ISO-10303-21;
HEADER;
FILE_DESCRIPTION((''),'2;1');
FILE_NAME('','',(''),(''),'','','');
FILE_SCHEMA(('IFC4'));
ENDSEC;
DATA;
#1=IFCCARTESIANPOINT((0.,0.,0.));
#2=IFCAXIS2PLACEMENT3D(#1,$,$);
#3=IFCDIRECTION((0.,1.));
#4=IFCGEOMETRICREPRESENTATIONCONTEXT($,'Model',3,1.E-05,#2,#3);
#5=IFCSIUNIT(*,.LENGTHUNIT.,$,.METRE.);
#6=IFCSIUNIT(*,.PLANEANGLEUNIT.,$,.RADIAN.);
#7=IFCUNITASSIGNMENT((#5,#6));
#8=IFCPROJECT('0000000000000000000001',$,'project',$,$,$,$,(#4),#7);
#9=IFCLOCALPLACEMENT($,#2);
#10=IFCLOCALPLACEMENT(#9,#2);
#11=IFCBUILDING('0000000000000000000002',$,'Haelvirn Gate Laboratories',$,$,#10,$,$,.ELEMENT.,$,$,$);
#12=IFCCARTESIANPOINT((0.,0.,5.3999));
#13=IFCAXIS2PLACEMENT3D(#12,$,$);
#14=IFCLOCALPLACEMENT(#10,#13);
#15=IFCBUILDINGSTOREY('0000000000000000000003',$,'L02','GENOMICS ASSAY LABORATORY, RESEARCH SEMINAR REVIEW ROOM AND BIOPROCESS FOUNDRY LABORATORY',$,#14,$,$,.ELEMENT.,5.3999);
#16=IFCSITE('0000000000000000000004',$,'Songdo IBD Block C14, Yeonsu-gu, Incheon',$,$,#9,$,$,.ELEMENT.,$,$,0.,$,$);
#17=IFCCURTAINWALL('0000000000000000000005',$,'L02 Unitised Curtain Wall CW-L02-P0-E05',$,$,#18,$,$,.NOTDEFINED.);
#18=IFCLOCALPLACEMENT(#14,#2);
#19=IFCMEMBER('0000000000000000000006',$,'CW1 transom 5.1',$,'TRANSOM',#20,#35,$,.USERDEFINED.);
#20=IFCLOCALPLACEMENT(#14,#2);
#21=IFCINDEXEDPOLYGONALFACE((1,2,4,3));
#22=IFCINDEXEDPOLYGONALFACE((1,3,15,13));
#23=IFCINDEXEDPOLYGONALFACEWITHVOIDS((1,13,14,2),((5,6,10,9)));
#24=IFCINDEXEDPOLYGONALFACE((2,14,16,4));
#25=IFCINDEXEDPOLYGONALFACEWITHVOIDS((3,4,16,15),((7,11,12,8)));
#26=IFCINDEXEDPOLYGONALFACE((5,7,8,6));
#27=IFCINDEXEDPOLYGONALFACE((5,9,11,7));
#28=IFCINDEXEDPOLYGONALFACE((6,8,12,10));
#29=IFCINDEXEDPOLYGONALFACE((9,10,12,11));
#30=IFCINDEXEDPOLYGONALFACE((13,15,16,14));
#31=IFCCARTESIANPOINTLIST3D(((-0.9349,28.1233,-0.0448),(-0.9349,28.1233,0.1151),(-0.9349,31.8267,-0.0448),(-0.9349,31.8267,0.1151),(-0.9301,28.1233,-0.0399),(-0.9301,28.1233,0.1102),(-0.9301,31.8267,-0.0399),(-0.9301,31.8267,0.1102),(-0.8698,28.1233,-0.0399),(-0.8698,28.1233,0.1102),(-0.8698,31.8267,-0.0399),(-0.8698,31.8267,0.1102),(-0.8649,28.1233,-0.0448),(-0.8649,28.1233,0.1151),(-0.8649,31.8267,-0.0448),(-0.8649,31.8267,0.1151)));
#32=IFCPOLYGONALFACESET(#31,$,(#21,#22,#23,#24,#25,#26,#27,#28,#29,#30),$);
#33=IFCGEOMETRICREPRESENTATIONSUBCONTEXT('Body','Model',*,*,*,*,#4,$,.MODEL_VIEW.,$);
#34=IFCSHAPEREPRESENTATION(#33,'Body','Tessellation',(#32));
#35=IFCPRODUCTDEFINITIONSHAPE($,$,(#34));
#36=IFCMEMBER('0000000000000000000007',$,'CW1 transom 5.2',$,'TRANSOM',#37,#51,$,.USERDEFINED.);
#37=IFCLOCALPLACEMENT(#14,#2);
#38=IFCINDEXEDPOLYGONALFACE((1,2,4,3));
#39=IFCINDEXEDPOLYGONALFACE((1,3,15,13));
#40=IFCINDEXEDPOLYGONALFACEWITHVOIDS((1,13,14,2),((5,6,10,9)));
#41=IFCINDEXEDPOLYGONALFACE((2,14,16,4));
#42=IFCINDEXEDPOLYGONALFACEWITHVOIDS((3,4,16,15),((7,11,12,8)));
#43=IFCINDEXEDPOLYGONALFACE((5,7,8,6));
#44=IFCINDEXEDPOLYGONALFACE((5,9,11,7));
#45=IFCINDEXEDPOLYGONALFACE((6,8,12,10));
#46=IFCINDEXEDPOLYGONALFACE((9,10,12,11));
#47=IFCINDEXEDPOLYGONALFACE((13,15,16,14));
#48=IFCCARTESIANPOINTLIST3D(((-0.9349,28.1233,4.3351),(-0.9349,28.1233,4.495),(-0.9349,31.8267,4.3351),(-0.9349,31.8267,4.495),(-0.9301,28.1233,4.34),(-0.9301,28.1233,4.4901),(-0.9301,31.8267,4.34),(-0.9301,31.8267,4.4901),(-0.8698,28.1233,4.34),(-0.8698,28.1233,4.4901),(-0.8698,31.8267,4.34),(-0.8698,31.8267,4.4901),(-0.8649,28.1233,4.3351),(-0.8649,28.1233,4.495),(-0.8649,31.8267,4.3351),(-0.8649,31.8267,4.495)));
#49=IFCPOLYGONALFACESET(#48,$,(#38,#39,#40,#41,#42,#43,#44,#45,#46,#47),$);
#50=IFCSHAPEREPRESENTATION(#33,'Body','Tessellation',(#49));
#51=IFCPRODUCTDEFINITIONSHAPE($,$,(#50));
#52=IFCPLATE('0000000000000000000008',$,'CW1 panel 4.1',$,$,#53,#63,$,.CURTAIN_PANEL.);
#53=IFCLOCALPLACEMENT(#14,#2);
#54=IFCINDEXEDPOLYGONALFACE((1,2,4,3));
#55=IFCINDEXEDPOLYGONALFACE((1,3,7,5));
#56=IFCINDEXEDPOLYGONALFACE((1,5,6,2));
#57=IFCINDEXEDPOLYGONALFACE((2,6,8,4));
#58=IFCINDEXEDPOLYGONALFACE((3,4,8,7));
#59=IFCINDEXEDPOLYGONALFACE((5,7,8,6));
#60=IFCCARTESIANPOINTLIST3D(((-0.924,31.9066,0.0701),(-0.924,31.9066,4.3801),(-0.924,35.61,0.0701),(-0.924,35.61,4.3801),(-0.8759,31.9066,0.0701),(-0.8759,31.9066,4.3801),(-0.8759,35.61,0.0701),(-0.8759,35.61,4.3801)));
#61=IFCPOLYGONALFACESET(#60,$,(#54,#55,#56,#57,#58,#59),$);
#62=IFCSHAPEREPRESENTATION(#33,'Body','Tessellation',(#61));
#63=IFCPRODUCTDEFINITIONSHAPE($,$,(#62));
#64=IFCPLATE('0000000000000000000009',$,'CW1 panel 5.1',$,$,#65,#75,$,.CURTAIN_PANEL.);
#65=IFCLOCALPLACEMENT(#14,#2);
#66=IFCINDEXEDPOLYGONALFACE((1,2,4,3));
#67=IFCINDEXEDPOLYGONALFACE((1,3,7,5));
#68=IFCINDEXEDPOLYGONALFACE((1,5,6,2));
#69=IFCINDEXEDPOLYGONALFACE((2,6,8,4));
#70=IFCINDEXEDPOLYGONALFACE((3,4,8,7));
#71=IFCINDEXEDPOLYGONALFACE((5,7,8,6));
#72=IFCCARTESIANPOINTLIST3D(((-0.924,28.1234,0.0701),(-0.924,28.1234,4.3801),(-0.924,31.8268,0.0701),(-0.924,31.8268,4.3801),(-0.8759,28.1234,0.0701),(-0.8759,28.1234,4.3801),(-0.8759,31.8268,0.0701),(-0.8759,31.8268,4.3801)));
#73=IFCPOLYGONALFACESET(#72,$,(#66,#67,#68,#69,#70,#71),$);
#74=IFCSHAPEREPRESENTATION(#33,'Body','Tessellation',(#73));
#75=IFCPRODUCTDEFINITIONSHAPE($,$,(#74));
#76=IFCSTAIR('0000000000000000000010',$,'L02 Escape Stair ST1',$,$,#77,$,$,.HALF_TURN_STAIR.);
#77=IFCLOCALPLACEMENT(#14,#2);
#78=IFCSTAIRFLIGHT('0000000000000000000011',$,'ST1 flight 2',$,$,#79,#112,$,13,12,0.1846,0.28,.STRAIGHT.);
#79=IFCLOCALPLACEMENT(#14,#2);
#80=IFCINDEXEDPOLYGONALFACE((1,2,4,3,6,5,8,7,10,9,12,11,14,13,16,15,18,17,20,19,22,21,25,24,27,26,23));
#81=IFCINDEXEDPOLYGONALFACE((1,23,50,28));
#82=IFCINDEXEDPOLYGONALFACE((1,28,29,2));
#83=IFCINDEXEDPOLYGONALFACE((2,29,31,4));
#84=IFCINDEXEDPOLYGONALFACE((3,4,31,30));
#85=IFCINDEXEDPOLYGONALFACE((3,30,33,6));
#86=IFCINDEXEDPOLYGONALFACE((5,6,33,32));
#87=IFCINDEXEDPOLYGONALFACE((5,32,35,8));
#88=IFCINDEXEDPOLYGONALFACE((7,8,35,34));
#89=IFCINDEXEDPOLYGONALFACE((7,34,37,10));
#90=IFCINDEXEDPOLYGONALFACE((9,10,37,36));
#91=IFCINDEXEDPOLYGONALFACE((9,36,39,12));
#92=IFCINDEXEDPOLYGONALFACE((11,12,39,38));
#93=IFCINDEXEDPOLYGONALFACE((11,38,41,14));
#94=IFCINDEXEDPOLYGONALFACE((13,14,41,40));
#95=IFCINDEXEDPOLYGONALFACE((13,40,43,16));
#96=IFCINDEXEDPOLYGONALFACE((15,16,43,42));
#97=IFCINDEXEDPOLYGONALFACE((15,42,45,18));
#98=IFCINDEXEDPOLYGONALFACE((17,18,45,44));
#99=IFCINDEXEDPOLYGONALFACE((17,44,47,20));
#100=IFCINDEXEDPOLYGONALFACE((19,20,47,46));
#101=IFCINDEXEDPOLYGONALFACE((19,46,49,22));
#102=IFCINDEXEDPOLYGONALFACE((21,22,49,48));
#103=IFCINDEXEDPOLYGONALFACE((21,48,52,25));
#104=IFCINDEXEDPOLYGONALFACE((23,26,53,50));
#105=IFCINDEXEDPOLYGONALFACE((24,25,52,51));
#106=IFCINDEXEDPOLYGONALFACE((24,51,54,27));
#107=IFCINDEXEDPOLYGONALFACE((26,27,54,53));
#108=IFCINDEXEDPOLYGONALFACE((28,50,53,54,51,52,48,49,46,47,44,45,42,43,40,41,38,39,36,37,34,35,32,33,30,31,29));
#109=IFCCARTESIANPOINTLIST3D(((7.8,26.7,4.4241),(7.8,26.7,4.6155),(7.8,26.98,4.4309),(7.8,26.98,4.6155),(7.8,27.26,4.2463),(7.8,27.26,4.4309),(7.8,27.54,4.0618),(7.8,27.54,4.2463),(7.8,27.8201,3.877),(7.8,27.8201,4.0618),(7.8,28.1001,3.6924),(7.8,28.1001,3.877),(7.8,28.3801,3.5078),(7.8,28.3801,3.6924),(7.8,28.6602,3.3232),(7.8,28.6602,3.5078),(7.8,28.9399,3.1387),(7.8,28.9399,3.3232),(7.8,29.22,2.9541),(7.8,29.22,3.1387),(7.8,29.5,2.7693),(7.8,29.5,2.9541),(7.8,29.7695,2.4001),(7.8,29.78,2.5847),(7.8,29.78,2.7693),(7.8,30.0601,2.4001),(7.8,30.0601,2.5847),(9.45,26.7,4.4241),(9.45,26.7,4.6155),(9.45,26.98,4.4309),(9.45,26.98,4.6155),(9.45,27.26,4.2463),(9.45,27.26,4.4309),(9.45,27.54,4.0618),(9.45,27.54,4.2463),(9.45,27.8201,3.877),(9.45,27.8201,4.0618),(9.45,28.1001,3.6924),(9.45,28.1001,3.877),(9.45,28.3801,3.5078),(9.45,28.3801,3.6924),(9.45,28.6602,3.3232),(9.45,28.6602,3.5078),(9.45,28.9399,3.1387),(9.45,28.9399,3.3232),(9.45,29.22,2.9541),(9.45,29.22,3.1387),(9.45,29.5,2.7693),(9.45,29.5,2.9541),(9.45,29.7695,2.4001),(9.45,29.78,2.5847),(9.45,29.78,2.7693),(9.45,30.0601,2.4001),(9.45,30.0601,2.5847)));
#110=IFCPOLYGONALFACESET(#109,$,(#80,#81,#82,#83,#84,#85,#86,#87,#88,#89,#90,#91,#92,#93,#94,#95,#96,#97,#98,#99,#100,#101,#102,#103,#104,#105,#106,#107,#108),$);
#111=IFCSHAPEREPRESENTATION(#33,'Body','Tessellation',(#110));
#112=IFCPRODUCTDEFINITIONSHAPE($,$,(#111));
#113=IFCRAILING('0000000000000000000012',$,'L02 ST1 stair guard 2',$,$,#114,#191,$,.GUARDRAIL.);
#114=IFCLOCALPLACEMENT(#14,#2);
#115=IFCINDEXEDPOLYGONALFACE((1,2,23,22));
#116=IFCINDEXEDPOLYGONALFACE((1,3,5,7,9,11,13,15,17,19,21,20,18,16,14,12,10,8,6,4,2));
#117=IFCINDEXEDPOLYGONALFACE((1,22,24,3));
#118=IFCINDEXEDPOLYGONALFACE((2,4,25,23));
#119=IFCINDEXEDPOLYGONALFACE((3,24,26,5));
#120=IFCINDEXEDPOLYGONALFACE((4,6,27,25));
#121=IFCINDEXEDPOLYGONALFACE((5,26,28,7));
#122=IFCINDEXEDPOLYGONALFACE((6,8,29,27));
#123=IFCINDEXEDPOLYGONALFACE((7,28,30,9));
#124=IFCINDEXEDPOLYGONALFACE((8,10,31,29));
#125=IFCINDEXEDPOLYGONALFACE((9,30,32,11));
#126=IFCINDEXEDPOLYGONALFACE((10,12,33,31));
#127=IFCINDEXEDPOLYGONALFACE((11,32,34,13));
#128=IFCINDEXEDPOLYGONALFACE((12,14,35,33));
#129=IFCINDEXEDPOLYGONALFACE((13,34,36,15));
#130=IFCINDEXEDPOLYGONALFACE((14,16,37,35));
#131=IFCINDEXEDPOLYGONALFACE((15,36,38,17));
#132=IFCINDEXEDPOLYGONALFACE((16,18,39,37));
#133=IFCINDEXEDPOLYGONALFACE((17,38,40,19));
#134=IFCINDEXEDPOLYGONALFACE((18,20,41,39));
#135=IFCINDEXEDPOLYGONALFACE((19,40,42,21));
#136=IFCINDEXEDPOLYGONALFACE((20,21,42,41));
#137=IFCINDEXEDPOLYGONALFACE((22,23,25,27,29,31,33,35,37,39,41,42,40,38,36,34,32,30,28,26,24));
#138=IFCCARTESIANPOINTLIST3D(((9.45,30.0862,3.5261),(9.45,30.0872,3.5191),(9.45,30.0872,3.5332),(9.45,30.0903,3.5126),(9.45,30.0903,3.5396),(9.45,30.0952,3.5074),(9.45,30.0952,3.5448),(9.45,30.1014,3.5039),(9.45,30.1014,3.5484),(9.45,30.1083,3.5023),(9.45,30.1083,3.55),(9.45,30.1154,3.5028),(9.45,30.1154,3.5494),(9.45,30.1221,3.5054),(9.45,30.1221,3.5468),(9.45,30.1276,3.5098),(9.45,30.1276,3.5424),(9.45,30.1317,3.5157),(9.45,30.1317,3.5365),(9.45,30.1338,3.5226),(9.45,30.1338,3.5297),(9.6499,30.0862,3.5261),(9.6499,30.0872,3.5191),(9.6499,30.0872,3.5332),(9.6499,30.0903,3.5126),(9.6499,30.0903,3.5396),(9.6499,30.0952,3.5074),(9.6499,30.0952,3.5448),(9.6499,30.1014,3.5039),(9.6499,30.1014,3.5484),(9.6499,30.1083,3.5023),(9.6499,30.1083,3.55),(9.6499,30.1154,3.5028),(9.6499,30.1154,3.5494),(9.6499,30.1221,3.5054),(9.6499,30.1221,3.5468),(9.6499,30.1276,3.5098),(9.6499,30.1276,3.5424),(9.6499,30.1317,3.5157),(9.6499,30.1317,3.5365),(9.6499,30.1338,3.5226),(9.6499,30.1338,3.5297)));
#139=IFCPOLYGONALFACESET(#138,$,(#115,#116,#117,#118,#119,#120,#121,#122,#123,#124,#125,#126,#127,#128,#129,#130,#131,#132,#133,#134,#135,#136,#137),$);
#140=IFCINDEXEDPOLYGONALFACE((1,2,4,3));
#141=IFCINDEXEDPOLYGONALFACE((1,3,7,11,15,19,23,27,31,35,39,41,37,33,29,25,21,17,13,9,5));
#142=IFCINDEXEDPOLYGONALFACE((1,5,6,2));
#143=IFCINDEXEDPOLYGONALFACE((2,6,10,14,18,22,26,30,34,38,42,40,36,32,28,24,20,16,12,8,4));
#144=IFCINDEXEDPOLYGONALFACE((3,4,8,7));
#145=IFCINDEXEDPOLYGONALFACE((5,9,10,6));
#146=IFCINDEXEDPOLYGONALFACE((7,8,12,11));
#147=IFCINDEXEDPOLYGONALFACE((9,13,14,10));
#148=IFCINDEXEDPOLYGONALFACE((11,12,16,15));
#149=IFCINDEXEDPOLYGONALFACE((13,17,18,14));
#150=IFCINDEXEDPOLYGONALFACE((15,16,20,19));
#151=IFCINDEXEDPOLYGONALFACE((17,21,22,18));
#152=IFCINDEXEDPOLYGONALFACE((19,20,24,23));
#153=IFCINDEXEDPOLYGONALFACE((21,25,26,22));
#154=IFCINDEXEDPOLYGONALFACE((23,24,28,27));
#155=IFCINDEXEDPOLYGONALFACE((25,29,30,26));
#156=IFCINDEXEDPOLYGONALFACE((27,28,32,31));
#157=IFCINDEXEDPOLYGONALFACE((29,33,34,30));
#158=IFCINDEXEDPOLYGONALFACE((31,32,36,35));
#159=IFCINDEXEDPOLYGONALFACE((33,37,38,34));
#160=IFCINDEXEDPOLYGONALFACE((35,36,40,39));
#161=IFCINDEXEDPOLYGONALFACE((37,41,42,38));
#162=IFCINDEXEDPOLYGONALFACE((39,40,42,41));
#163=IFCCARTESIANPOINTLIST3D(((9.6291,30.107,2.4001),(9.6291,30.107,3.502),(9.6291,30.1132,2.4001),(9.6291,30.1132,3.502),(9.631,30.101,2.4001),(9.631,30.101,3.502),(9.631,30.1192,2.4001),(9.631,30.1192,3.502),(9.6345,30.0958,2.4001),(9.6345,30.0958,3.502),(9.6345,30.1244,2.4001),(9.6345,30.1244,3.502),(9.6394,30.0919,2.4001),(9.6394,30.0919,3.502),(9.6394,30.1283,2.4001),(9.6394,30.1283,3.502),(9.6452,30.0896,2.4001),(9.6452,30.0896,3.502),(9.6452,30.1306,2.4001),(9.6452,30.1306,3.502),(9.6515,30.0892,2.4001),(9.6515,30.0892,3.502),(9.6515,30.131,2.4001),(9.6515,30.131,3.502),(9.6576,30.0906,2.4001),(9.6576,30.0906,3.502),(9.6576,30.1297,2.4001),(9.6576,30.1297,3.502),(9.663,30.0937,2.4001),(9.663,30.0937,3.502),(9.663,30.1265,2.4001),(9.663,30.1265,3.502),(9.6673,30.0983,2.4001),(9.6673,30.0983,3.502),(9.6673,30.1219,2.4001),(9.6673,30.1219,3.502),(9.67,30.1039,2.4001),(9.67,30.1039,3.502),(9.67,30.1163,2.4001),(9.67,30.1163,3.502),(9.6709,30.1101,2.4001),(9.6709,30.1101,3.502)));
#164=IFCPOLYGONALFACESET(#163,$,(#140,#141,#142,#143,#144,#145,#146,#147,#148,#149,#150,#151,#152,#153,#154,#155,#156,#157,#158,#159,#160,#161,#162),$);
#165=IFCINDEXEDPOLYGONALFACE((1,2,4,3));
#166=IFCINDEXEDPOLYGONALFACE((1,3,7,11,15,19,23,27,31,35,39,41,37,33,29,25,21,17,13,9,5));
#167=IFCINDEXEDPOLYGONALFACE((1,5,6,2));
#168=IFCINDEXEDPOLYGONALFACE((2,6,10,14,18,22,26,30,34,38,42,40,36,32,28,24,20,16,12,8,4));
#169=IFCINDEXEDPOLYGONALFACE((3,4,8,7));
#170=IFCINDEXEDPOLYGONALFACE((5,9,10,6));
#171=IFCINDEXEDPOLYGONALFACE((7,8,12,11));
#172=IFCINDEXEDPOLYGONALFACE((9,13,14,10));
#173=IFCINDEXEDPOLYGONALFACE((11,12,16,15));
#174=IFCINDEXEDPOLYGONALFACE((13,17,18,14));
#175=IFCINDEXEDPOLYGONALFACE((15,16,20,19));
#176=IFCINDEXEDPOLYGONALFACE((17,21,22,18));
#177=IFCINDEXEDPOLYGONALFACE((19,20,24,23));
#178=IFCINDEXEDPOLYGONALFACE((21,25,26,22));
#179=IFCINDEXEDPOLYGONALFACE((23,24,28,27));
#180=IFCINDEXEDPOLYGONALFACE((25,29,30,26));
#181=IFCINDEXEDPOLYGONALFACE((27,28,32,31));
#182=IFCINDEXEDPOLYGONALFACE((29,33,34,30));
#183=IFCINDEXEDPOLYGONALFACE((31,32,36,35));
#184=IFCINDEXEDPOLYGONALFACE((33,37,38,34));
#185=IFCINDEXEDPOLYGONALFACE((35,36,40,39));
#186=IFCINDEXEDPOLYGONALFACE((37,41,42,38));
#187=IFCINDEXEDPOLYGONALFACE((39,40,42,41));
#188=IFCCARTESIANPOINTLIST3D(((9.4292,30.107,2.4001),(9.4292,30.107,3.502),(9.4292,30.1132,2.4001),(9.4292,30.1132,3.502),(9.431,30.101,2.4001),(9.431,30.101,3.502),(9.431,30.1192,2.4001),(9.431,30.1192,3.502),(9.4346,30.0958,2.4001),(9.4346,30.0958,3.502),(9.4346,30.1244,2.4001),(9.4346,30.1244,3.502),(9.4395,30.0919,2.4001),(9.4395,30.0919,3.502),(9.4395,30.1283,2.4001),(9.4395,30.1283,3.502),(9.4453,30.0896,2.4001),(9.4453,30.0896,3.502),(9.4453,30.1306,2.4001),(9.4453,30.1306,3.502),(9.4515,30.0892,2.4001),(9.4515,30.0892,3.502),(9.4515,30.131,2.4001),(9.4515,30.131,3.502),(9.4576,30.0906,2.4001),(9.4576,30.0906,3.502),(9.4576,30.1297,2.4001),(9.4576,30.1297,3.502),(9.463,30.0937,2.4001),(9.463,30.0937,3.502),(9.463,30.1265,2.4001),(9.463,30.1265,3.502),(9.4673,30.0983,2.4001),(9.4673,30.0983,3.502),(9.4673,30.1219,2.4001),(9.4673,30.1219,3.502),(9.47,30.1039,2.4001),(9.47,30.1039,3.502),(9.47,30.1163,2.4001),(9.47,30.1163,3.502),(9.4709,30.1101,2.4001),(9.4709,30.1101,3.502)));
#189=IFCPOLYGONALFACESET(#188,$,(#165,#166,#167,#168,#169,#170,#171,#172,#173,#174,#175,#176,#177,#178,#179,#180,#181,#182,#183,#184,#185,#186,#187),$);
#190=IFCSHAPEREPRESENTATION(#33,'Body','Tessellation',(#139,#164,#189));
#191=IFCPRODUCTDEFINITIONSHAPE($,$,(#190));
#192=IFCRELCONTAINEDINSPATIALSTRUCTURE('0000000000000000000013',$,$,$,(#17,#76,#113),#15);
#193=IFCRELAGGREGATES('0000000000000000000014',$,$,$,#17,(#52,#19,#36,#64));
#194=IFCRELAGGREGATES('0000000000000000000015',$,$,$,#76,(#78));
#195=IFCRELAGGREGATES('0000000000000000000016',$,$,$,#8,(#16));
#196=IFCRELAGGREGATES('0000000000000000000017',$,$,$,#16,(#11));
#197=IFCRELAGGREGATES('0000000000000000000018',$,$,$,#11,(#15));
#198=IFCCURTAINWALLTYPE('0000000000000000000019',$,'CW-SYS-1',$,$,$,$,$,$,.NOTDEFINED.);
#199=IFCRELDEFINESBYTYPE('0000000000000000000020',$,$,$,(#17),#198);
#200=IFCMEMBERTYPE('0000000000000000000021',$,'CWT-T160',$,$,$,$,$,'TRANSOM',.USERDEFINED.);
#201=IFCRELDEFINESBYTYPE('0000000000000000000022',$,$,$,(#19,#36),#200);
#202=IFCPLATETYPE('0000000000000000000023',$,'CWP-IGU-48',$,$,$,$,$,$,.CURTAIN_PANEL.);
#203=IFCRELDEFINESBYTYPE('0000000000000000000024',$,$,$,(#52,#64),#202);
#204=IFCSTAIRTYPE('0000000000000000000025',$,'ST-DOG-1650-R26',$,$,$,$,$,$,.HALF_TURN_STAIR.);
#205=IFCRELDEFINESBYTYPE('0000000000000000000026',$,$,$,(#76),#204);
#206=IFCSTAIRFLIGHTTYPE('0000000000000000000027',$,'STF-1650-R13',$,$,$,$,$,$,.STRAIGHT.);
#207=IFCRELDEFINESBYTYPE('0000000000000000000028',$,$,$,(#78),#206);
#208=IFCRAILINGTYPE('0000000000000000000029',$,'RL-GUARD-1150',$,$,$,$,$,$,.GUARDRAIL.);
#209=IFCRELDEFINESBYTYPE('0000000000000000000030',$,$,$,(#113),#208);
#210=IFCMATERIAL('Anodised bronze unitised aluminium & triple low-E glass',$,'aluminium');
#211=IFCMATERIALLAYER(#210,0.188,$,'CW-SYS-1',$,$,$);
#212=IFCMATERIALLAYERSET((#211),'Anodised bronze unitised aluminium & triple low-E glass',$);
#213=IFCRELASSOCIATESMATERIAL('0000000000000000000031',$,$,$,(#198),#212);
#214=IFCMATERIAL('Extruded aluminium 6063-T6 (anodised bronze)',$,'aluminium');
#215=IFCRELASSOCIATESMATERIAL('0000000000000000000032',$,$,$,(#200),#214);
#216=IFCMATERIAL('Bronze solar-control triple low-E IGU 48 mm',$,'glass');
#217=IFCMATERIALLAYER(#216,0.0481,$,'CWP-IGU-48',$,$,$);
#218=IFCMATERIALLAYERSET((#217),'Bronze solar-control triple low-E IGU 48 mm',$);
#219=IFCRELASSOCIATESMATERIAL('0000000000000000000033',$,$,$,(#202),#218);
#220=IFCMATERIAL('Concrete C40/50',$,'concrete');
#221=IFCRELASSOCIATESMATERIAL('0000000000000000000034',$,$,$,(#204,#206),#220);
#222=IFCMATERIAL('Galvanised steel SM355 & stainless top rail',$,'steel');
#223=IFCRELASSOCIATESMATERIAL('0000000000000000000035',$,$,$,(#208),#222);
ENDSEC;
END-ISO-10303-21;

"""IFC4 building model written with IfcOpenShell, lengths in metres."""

from ifc_helpers import new_model, si_unit, direction, frame, origin, origin_2d, place, context, subcontext, project, spatial, polyline, rectangle, hollow_rectangle, circle, outline, extrude, source, transform, mapped, material, layer, layer_set, material_profile, profile_set, type_object, type_shapes, element, aggregate, save


model = new_model("IFC4")

# Units and contexts
model_context = context("Model", 3, precision=1e-05, world=origin(), true_north=direction((0.0, 1.0)))
body_context = subcontext(model_context, "Body", "Model", "MODEL_VIEW")
ifc_project = project(units=[si_unit("LENGTHUNIT", "METRE"), si_unit("PLANEANGLEUNIT", "RADIAN")], contexts=[model_context])

# Site, building, storey
site_placement = place(None, origin())
site = spatial("IfcSite", under=ifc_project, at=site_placement, Name="Songdo IBD Block C14, Yeonsu-gu, Incheon", CompositionType="ELEMENT", RefElevation=0.0)
building_placement = place(site_placement, origin())
building = spatial("IfcBuilding", under=site, at=building_placement, Name="Haelvirn Gate Laboratories", CompositionType="ELEMENT")
storey_placement = place(building_placement, frame((0.0, 0.0, 5.3999)))
storey = spatial("IfcBuildingStorey", under=building, at=storey_placement, Name="L02", Description="GENOMICS ASSAY LABORATORY, RESEARCH SEMINAR REVIEW ROOM AND BIOPROCESS FOUNDRY LABORATORY", CompositionType="ELEMENT", Elevation=5.3999)

# Curtain wall, members, plates
ifc_material_1 = material(Name="Anodised bronze unitised aluminium & triple low-E glass", Category="aluminium")
ifc_layer_1 = layer(ifc_material_1, 0.188, Name="CW-SYS-1")
ifc_layer_set_1 = layer_set([ifc_layer_1], Name="Anodised bronze unitised aluminium & triple low-E glass")
curtain_wall_type = type_object("IfcCurtainWallType", Name="CW-SYS-1", PredefinedType="NOTDEFINED", material=ifc_layer_set_1)
curtain_wall_placement = place(storey_placement, origin())
curtain_wall = element("IfcCurtainWall", 1, at=curtain_wall_placement, inside=storey, type_object=curtain_wall_type, Name="L02 Unitised Curtain Wall CW-L02-P0-E05", PredefinedType="NOTDEFINED")
ifc_material_2 = material(Name="Extruded aluminium 6063-T6 (anodised bronze)", Category="aluminium")
ifc_material_profile_1 = material_profile(ifc_material_2, hollow_rectangle(XDim=0.0701, YDim=0.1599, WallThickness=0.0049, at=origin_2d()), Name="CWT-160x70x5")
ifc_profile_set_1 = profile_set([ifc_material_profile_1], Name="Extruded aluminium 6063-T6 (anodised bronze)")
member_type_1 = type_object("IfcMemberType", Name="CWT-T160", ElementType="TRANSOM", PredefinedType="USERDEFINED", material=ifc_profile_set_1)
shared_shape_1 = source(origin(), body_context, "Body", "SweptSolid", [
    extrude(hollow_rectangle(XDim=0.0701, YDim=0.1599, WallThickness=0.0049, at=origin_2d()), origin(), (0.0, 0.0, 1.0), 3.7034),
])
type_shapes(member_type_1, [shared_shape_1])
member_1_placement = place(storey_placement, frame((-0.8999, 31.8267, 0.0352), z_axis=(0.0, -1.0, 0.0), x_axis=(1.0, 0.0, 0.0)))
member_1 = element("IfcMember", 2, at=member_1_placement, type_object=member_type_1, Name="CW1 transom 5.1", ObjectType="TRANSOM", PredefinedType="USERDEFINED", context=body_context, shape_type="MappedRepresentation", body=[
    mapped(shared_shape_1, transform((0.0, 0.0, 0.0), scale=1.0)),
])
member_2_placement = place(storey_placement, frame((-0.8999, 31.8267, 4.415), z_axis=(0.0, -1.0, 0.0), x_axis=(1.0, 0.0, 0.0)))
member_2 = element("IfcMember", 3, at=member_2_placement, type_object=member_type_1, Name="CW1 transom 5.2", ObjectType="TRANSOM", PredefinedType="USERDEFINED", context=body_context, shape_type="MappedRepresentation", body=[
    mapped(shared_shape_1, transform((0.0, 0.0, 0.0), scale=1.0)),
])
ifc_material_3 = material(Name="Bronze solar-control triple low-E IGU 48 mm", Category="glass")
ifc_layer_2 = layer(ifc_material_3, 0.0481, Name="CWP-IGU-48")
ifc_layer_set_2 = layer_set([ifc_layer_2], Name="Bronze solar-control triple low-E IGU 48 mm")
plate_type = type_object("IfcPlateType", Name="CWP-IGU-48", PredefinedType="CURTAIN_PANEL", material=ifc_layer_set_2)
shared_shape_2 = source(origin(), body_context, "Body", "SweptSolid", [
    extrude(rectangle(XDim=3.7034, YDim=0.0481, at=origin_2d()), origin(), (0.0, 0.0, 1.0), 4.3101),
])
type_shapes(plate_type, [shared_shape_2])
plate_1_placement = place(storey_placement, frame((-0.8999, 33.7583, 0.0701), z_axis=(0.0, 0.0, 1.0), x_axis=(0.0, -1.0, 0.0)))
plate_1 = element("IfcPlate", 4, at=plate_1_placement, type_object=plate_type, Name="CW1 panel 4.1", PredefinedType="CURTAIN_PANEL", context=body_context, shape_type="MappedRepresentation", body=[
    mapped(shared_shape_2, transform((0.0, 0.0, 0.0), scale=1.0)),
])
plate_2_placement = place(storey_placement, frame((-0.8999, 29.9751, 0.0701), z_axis=(0.0, 0.0, 1.0), x_axis=(0.0, -1.0, 0.0)))
plate_2 = element("IfcPlate", 5, at=plate_2_placement, type_object=plate_type, Name="CW1 panel 5.1", PredefinedType="CURTAIN_PANEL", context=body_context, shape_type="MappedRepresentation", body=[
    mapped(shared_shape_2, transform((0.0, 0.0, 0.0), scale=1.0)),
])
aggregate(curtain_wall, [plate_1, member_1, member_2, plate_2])

# Stair, stair flight
ifc_material_4 = material(Name="Concrete C40/50", Category="concrete")
stair_type = type_object("IfcStairType", Name="ST-DOG-1650-R26", PredefinedType="HALF_TURN_STAIR", material=ifc_material_4)
stair_placement = place(storey_placement, origin())
stair = element("IfcStair", 6, at=stair_placement, inside=storey, type_object=stair_type, Name="L02 Escape Stair ST1", PredefinedType="HALF_TURN_STAIR")
stair_flight_type = type_object("IfcStairFlightType", Name="STF-1650-R13", PredefinedType="STRAIGHT", material=ifc_material_4)
shared_shape_3 = source(origin(), body_context, "Body", "SweptSolid", [
    extrude(outline(polyline([(0.0, 0.0), (0.0, 0.1846), (0.28, 0.1846), (0.28, 0.3691), (0.5601, 0.3691), (0.5601, 0.554), (0.8401, 0.554), (0.8401, 0.7385), (1.1201, 0.7385), (1.1201, 0.9231), (1.3999, 0.9231), (1.3999, 1.1077), (1.6799, 1.1077), (1.6799, 1.2922), (1.96, 1.2922), (1.96, 1.4768), (2.24, 1.4768), (2.24, 1.6616), (2.52, 1.6616), (2.52, 1.8462), (2.8, 1.8462), (2.8, 2.0308), (3.0801, 2.0308), (3.0801, 2.2153), (3.3601, 2.2153), (3.3601, 2.3999), (3.3601, 2.0239), (0.2905, 0.0), (0.0, 0.0)])), frame((0.0, 0.825, 0.0), z_axis=(0.0, -1.0, 0.0), x_axis=(1.0, 0.0, 0.0)), (0.0, 0.0, 1.0), 1.6499),
])
type_shapes(stair_flight_type, [shared_shape_3])
stair_flight_placement = place(storey_placement, frame((8.625, 30.0601, 2.4001), z_axis=(0.0, 0.0, 1.0), x_axis=(0.0, -1.0, 0.0)))
stair_flight = element("IfcStairFlight", 7, at=stair_flight_placement, type_object=stair_flight_type, Name="ST1 flight 2", NumberOfRisers=13, NumberOfTreads=12, PredefinedType="STRAIGHT", RiserHeight=0.1846, TreadLength=0.28, context=body_context, shape_type="MappedRepresentation", body=[
    mapped(shared_shape_3, transform((0.0, 0.0, 0.0), scale=1.0)),
])
aggregate(stair, [stair_flight])

# Railing
ifc_material_5 = material(Name="Galvanised steel SM355 & stainless top rail", Category="steel")
railing_type_1 = type_object("IfcRailingType", Name="RL-GUARD-1150", PredefinedType="GUARDRAIL", material=ifc_material_5)
shared_shape_4 = source(origin(), body_context, "Body", "SweptSolid", [
    extrude(circle(Radius=0.0239, at=origin_2d()), frame((0.0, 0.0, 1.126), z_axis=(-1.0, 0.0, 0.0), x_axis=(0.0, -1.0, 0.0)), (0.0, 0.0, 1.0), 0.2),
    extrude(circle(Radius=0.021, at=origin_2d()), origin(), (0.0, 0.0, 1.0), 1.1018),
    extrude(circle(Radius=0.021, at=origin_2d()), frame((-0.2, 0.0, 0.0)), (0.0, 0.0, 1.0), 1.1018),
])
railing_1_placement = place(storey_placement, frame((9.6499, 30.1101, 2.4001)))
element("IfcRailing", 8, at=railing_1_placement, inside=storey, type_object=railing_type_1, Name="L02 ST1 stair guard 2", PredefinedType="GUARDRAIL", context=body_context, shape_type="MappedRepresentation", body=[
    mapped(shared_shape_4, transform((0.0, 0.0, 0.0), scale=1.0)),
])

save(model, "model.ifc")
